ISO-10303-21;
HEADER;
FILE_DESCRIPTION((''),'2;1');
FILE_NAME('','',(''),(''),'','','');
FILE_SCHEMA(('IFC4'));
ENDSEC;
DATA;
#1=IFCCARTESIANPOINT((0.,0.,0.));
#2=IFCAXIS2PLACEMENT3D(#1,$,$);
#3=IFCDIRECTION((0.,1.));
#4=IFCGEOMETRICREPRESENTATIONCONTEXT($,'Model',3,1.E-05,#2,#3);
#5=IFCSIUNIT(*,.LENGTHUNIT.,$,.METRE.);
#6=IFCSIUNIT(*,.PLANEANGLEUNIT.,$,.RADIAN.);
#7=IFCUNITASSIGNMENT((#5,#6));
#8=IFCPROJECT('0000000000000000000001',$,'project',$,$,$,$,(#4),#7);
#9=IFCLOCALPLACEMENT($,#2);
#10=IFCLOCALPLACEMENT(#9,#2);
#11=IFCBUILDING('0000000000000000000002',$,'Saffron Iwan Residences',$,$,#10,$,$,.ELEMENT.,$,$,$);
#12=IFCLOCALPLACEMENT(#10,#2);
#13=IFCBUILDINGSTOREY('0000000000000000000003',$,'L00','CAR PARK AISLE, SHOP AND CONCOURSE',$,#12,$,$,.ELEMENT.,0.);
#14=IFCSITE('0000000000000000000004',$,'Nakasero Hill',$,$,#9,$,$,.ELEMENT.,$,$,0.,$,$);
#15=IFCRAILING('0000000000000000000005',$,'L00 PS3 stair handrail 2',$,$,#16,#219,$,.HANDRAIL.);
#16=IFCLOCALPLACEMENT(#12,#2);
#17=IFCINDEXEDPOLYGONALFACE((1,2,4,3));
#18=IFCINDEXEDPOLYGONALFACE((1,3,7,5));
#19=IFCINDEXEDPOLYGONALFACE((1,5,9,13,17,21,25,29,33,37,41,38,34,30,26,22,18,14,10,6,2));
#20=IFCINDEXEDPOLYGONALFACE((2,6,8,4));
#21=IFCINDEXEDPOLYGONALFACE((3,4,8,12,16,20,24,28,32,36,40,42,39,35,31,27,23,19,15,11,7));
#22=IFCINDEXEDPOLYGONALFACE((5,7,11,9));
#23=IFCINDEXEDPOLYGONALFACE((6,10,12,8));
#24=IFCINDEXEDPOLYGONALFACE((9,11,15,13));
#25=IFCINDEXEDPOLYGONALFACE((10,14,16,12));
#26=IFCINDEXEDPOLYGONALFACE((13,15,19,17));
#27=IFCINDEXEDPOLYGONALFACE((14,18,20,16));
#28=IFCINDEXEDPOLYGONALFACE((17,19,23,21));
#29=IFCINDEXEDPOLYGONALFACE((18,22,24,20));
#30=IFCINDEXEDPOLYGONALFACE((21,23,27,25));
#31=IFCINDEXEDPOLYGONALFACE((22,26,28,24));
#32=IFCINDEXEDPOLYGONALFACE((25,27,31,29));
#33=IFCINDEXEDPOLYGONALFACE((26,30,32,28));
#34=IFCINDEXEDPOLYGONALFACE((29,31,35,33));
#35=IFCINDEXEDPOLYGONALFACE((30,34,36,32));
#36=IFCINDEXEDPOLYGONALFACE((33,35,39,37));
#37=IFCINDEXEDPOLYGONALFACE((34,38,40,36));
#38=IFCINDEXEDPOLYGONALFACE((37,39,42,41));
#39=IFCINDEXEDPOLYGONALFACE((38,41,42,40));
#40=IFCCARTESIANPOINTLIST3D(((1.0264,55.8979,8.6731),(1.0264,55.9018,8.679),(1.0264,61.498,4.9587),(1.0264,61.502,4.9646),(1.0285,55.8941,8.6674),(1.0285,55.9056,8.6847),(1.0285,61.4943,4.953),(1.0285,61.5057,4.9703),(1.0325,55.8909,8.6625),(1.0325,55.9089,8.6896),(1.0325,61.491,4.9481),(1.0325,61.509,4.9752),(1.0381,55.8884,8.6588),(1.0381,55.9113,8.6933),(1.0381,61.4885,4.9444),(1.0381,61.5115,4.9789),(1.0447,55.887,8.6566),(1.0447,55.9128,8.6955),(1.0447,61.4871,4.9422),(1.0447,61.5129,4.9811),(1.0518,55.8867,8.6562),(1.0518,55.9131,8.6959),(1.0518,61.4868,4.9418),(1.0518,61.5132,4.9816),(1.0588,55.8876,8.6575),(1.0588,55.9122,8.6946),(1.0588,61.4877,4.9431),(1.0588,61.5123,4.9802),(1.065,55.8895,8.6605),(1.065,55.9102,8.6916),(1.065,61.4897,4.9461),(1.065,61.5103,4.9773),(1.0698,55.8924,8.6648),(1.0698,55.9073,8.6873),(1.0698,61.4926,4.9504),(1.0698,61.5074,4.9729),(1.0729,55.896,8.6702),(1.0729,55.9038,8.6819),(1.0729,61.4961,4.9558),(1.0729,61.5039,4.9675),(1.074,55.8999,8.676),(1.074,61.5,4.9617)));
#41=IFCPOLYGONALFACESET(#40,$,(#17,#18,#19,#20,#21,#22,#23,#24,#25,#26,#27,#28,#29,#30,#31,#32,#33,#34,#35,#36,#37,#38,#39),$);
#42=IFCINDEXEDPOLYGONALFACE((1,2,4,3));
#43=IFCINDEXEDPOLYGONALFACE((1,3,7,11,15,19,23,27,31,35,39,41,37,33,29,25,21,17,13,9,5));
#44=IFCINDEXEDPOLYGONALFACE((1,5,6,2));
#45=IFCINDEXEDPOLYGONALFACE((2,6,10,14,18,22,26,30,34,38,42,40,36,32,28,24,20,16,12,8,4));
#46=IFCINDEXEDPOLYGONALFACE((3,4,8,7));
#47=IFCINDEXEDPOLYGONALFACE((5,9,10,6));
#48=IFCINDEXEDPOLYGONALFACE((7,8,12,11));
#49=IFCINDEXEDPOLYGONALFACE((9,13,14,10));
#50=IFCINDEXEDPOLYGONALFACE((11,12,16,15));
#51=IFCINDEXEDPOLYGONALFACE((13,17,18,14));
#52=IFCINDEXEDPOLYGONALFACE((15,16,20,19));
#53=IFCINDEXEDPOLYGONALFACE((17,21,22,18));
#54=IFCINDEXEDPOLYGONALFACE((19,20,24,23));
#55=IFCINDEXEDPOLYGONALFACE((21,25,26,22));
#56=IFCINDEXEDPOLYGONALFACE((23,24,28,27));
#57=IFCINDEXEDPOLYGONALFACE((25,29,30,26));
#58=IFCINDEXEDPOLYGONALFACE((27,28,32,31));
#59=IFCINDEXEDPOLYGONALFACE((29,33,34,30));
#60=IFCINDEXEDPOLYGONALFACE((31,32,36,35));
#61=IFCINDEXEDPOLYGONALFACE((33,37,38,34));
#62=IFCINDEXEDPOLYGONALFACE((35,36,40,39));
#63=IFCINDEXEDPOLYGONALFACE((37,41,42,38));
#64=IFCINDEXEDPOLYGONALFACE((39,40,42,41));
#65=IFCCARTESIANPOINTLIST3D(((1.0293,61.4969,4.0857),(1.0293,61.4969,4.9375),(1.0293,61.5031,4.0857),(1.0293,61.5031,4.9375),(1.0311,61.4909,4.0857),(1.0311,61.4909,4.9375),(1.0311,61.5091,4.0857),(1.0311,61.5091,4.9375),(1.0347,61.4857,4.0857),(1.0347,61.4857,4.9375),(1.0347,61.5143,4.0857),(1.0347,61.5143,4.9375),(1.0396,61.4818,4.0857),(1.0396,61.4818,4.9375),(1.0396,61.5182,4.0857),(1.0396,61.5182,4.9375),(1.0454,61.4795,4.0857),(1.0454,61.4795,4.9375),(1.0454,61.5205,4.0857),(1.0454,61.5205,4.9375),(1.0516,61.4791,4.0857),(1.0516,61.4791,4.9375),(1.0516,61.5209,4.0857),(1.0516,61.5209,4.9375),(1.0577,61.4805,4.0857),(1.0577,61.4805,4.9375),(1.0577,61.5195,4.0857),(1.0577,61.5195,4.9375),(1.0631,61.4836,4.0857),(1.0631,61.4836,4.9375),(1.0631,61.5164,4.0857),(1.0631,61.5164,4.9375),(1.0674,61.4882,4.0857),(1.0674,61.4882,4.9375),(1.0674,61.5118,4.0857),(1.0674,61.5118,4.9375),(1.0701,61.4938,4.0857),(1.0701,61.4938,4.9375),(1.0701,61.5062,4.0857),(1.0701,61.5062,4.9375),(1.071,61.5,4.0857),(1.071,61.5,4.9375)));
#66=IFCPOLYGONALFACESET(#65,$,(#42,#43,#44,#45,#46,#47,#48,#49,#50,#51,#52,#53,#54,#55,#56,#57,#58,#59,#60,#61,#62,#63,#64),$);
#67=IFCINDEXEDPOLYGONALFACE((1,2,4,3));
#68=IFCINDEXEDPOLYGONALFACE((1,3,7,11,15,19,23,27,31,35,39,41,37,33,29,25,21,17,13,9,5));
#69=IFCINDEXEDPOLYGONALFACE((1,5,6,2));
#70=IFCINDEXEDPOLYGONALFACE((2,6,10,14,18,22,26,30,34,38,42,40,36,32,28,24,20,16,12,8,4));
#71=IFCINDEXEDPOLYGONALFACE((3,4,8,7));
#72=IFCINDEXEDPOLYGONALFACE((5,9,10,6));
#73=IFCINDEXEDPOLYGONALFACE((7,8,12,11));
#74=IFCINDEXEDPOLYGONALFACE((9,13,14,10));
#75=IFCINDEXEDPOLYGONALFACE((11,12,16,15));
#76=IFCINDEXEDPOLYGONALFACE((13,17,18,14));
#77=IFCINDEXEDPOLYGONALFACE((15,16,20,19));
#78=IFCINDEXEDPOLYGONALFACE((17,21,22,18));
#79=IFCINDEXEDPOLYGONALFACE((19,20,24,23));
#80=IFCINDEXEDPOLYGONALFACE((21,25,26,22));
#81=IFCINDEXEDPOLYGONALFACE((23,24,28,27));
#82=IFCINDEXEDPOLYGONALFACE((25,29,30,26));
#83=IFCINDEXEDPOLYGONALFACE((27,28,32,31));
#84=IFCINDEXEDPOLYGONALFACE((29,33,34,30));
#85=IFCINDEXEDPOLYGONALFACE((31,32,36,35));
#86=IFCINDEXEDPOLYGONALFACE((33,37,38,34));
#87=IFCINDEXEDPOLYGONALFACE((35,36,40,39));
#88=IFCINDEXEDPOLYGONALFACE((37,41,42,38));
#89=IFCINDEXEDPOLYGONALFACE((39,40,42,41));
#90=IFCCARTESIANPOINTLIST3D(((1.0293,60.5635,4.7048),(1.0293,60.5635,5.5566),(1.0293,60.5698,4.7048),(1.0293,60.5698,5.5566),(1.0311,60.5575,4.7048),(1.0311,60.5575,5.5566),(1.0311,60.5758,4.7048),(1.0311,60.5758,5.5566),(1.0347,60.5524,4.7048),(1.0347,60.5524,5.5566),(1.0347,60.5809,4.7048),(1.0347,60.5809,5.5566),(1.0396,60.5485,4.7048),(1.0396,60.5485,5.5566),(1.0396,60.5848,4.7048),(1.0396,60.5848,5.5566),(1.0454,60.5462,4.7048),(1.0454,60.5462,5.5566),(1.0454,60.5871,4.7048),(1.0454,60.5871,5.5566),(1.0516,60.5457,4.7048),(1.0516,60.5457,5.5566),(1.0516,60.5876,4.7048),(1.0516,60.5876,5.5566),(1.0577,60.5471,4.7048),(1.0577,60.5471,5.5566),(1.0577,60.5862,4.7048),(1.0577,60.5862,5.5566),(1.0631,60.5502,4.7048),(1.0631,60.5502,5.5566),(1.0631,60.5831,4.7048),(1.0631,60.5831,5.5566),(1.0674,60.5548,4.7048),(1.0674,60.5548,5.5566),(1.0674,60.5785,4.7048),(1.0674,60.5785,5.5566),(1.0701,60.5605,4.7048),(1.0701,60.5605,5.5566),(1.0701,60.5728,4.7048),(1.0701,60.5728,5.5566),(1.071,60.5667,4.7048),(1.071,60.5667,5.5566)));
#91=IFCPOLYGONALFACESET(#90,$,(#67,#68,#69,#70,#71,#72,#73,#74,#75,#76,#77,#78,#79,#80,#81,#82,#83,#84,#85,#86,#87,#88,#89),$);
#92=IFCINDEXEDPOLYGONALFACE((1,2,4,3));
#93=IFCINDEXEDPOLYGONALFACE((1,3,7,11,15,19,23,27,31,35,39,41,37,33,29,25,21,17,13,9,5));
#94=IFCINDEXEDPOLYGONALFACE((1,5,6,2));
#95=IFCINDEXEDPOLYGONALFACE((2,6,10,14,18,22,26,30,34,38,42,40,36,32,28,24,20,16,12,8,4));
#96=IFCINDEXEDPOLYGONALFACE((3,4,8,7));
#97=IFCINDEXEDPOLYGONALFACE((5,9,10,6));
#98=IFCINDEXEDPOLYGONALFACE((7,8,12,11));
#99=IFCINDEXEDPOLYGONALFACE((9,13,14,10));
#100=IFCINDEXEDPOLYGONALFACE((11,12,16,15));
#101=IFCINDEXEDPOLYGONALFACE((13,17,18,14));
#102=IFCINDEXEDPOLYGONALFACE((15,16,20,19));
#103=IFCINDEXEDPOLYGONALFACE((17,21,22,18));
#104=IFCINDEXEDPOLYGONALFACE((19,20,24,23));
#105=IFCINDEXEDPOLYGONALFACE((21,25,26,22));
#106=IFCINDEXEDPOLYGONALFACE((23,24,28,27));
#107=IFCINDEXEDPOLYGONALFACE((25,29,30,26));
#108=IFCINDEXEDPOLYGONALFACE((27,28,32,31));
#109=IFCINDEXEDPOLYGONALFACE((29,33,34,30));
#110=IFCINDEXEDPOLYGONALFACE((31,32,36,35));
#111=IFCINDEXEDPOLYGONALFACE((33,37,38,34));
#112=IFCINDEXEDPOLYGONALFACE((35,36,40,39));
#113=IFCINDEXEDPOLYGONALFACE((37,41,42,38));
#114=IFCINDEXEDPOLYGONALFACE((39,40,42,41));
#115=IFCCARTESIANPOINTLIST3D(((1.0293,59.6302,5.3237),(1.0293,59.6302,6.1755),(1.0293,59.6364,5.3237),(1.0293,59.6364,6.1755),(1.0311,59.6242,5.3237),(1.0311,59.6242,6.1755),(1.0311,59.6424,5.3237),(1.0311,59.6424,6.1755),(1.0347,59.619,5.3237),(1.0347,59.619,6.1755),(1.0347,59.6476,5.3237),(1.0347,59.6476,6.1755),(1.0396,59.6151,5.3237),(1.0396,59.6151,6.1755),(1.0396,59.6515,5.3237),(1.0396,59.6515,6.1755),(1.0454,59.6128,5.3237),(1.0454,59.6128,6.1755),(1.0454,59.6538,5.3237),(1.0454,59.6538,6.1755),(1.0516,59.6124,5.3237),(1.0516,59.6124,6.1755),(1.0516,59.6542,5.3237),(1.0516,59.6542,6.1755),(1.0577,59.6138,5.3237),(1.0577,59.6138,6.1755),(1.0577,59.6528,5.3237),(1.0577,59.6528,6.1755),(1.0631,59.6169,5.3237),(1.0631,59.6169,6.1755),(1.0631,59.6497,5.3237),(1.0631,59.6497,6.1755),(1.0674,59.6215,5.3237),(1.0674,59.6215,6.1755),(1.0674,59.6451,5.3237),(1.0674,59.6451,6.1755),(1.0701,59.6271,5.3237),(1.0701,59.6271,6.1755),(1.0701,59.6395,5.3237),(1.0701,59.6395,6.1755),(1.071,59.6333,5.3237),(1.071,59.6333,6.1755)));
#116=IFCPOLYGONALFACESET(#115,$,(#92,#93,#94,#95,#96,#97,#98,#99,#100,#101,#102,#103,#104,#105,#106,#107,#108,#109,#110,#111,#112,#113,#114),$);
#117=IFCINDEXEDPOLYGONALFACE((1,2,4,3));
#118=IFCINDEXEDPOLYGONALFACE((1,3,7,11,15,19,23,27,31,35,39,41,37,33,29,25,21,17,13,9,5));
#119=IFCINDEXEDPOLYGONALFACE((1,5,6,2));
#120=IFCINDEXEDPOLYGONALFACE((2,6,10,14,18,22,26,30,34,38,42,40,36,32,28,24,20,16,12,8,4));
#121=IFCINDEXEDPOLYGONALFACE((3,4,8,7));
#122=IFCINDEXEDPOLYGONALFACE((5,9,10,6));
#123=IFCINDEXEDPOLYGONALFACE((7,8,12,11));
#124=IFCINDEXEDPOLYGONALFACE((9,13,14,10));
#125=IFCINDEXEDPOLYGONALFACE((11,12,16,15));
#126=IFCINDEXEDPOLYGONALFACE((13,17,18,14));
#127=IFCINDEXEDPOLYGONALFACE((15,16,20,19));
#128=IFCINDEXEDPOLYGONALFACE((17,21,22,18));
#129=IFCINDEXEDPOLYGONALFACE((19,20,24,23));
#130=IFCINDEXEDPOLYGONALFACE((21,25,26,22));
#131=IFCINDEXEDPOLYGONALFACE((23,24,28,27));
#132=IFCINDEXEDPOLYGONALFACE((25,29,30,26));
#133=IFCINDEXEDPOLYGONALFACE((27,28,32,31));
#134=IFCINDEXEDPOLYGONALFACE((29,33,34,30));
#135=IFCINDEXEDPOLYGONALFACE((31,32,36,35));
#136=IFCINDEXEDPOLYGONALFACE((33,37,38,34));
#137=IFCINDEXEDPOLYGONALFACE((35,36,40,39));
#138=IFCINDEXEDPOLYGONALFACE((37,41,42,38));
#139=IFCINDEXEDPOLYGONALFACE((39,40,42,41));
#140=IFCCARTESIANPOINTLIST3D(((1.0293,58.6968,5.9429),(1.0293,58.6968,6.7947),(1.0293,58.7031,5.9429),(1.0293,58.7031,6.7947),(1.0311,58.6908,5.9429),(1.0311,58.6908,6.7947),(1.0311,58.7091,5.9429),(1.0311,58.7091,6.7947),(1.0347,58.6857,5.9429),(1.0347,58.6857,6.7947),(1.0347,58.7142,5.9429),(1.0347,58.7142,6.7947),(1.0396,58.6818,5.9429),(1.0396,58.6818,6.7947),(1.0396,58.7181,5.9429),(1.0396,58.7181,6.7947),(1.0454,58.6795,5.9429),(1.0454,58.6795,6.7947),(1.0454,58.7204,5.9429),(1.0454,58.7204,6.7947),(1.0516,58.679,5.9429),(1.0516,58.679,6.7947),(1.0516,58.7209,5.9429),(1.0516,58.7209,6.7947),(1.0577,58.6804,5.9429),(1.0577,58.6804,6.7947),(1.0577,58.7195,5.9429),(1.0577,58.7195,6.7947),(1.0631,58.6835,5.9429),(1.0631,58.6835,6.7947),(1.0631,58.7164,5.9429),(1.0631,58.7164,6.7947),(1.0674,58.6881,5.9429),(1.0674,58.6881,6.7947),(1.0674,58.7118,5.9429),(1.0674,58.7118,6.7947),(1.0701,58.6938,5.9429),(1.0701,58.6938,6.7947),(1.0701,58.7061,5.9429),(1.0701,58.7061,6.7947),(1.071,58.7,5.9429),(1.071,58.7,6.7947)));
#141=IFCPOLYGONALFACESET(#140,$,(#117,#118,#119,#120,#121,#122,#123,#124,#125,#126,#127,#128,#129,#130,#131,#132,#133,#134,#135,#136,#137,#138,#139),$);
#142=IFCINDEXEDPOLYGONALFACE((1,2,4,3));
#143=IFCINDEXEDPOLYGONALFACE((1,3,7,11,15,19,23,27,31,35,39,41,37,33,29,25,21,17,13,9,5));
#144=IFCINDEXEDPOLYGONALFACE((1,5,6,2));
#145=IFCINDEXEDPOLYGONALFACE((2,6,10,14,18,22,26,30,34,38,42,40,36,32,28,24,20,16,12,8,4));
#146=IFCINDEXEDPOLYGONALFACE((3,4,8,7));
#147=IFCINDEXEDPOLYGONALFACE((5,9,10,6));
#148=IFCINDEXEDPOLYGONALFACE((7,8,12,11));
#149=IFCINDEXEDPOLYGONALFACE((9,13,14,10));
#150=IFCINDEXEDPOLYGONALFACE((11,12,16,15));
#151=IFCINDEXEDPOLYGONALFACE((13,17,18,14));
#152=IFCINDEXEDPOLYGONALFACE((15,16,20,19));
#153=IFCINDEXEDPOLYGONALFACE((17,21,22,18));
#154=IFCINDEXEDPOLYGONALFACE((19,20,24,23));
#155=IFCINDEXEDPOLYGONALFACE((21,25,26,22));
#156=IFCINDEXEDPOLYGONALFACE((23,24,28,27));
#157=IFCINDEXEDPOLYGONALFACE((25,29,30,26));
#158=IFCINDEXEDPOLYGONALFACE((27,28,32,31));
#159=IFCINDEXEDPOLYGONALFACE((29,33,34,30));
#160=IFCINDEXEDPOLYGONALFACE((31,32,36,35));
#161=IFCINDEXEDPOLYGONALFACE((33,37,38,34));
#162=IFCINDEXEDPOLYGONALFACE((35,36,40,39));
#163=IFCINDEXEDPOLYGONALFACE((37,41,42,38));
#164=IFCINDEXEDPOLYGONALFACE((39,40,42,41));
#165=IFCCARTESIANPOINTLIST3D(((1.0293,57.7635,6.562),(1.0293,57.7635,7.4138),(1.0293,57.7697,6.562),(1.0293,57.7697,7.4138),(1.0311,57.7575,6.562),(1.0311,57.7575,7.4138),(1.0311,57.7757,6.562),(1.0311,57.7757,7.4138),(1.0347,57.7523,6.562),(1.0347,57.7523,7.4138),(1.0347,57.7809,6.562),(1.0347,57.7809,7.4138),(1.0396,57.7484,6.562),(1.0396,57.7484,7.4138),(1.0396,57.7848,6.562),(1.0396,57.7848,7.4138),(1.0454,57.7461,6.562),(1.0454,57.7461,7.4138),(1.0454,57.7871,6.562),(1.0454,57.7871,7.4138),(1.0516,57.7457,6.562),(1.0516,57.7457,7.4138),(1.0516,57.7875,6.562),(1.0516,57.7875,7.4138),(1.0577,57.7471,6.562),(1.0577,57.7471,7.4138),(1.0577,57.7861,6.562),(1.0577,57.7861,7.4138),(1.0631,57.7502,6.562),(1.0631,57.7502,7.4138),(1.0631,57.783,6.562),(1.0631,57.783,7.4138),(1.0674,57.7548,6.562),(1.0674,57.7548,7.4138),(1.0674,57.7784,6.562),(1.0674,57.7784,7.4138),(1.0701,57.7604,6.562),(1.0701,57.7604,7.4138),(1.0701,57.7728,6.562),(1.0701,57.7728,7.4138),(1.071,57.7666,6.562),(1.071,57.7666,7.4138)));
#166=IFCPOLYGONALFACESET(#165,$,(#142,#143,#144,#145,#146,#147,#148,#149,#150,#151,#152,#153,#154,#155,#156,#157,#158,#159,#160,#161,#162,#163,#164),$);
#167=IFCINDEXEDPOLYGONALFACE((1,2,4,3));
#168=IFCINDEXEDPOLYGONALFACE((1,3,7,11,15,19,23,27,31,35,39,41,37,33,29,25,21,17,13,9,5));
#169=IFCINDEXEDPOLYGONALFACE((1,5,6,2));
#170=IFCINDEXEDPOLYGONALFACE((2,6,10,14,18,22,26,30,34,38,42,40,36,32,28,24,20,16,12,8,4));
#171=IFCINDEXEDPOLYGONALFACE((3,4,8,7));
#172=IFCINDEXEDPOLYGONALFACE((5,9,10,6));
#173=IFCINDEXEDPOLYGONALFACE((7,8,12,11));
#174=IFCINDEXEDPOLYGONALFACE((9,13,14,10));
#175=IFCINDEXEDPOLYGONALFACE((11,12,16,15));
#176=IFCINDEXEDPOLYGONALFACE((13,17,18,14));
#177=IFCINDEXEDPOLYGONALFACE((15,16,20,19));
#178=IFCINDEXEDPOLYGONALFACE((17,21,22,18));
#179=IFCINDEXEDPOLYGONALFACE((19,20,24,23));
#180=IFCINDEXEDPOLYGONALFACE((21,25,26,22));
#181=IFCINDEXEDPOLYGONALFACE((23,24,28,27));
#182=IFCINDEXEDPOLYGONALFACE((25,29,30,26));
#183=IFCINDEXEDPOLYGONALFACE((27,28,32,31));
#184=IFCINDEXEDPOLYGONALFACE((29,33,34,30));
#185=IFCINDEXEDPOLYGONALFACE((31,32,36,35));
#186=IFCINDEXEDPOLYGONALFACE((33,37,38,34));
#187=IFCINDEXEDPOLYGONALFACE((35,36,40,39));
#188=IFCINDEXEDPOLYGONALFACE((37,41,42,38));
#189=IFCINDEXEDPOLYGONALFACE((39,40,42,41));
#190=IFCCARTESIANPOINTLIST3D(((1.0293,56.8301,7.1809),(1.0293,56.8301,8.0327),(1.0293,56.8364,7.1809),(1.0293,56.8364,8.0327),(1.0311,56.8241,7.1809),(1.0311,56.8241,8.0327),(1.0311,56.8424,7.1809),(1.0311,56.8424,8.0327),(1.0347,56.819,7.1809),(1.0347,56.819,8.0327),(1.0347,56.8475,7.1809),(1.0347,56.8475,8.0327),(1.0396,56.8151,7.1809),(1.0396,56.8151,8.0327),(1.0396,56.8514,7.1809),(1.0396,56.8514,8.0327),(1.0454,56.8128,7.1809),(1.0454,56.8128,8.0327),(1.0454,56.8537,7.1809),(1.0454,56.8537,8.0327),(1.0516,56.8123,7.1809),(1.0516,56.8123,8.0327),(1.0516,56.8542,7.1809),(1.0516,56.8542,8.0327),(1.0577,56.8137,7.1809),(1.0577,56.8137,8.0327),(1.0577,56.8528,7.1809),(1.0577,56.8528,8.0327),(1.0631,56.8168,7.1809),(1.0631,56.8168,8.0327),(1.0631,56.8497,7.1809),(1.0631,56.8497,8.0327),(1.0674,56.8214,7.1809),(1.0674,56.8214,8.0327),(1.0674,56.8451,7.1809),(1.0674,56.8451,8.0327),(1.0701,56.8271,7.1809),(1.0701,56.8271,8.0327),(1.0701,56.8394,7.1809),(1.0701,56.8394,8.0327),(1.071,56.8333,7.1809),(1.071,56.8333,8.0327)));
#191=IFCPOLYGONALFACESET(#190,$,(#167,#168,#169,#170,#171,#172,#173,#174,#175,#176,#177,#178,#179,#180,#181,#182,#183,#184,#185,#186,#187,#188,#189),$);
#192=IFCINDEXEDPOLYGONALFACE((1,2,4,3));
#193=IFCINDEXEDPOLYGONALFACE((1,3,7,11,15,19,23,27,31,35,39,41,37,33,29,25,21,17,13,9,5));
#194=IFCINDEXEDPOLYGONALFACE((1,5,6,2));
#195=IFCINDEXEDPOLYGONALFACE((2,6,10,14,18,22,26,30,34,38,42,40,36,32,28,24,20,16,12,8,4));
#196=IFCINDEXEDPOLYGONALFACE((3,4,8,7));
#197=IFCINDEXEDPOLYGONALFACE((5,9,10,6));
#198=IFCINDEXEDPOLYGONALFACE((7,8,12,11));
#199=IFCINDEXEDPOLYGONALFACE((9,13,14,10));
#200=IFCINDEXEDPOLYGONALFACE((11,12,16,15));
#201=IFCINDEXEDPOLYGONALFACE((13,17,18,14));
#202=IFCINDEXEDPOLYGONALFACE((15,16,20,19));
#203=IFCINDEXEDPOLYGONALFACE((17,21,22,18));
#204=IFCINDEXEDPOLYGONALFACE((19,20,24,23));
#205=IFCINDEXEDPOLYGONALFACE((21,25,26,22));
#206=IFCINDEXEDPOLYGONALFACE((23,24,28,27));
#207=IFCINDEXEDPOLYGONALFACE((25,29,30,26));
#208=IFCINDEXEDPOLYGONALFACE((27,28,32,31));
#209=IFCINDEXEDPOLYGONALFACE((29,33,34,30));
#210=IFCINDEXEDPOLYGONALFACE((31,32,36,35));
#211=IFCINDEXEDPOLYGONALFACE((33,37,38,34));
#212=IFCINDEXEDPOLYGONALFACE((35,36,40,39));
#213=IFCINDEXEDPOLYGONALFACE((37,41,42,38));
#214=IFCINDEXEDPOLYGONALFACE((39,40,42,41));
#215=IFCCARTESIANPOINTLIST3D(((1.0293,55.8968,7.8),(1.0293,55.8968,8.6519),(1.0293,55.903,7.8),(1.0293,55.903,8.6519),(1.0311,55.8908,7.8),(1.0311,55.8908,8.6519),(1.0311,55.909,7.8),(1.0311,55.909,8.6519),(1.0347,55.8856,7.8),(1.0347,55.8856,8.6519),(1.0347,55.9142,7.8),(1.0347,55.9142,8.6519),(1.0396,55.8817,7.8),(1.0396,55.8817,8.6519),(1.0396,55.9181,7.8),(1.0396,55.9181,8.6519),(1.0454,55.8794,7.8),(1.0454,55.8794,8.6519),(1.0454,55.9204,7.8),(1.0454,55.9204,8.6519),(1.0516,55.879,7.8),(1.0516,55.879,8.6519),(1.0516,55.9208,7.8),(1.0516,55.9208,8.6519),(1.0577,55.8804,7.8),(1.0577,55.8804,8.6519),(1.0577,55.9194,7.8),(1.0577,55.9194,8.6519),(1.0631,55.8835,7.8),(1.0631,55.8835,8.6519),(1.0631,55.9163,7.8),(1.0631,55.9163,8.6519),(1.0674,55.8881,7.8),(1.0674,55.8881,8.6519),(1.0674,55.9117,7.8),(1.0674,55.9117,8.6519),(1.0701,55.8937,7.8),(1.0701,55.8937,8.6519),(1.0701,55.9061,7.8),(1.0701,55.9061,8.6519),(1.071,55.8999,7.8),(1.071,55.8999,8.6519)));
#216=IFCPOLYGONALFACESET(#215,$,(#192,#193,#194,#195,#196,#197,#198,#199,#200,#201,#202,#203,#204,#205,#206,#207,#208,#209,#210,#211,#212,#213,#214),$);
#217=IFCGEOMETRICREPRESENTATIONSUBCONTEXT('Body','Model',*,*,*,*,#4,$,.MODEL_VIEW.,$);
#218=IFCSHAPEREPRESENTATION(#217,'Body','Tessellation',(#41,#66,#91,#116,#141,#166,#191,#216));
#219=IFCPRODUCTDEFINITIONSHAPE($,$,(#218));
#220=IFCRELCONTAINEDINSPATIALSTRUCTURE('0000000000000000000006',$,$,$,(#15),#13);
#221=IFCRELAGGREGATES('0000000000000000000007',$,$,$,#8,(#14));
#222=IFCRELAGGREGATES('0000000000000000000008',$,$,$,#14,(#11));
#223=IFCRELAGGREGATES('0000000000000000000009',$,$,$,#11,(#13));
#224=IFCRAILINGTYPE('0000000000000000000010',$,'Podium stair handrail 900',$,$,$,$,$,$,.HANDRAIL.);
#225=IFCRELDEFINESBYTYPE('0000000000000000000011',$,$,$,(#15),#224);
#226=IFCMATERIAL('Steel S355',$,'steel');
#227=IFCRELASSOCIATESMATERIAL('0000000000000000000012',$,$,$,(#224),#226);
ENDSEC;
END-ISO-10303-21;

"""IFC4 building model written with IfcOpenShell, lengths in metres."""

from ifc_helpers import new_model, si_unit, direction, frame, origin, origin_2d, place, context, subcontext, project, spatial, circle, extrude, material, type_object, element, save


model = new_model("IFC4")

# Units and contexts
model_context = context("Model", 3, precision=1e-05, world=origin(), true_north=direction((0.0, 1.0)))
body_context = subcontext(model_context, "Body", "Model", "MODEL_VIEW")
ifc_project = project(units=[si_unit("LENGTHUNIT", "METRE"), si_unit("PLANEANGLEUNIT", "RADIAN")], contexts=[model_context])

# Site, building, storey
site_placement = place(None, origin())
site = spatial("IfcSite", under=ifc_project, at=site_placement, Name="Nakasero Hill", CompositionType="ELEMENT", RefElevation=0.0)
building_placement = place(site_placement, origin())
building = spatial("IfcBuilding", under=site, at=building_placement, Name="Saffron Iwan Residences", CompositionType="ELEMENT")
storey_placement = place(building_placement, origin())
storey = spatial("IfcBuildingStorey", under=building, at=storey_placement, Name="L00", Description="CAR PARK AISLE, SHOP AND CONCOURSE", CompositionType="ELEMENT", Elevation=0.0)

# Railing
ifc_material_1 = material(Name="Steel S355", Category="steel")
railing_type_1 = type_object("IfcRailingType", Name="Podium stair handrail 900", PredefinedType="HANDRAIL", material=ifc_material_1)
railing_1_placement = place(storey_placement, frame((1.05, 61.5, 4.0857)))
element("IfcRailing", 1, at=railing_1_placement, inside=storey, type_object=railing_type_1, Name="L00 PS3 stair handrail 2", PredefinedType="HANDRAIL", context=body_context, shape_type="SweptSolid", body=[
    extrude(circle(Radius=0.0239, at=origin_2d()), frame((0.0, 0.0, 0.876), z_axis=(0.0, -0.833356, 0.552737), x_axis=(1.0, 0.0, 0.0)), (0.0, 0.0, 1.0), 6.72),
    extrude(circle(Radius=0.021, at=origin_2d()), origin(), (0.0, 0.0, 1.0), 0.8518),
    extrude(circle(Radius=0.021, at=origin_2d()), frame((0.0, -0.9333, 0.6191)), (0.0, 0.0, 1.0), 0.8518),
    extrude(circle(Radius=0.021, at=origin_2d()), frame((0.0, -1.8667, 1.238)), (0.0, 0.0, 1.0), 0.8518),
    extrude(circle(Radius=0.021, at=origin_2d()), frame((0.0, -2.8, 1.8572)), (0.0, 0.0, 1.0), 0.8518),
    extrude(circle(Radius=0.021, at=origin_2d()), frame((0.0, -3.7334, 2.4763)), (0.0, 0.0, 1.0), 0.8518),
    extrude(circle(Radius=0.021, at=origin_2d()), frame((0.0, -4.6667, 3.0952)), (0.0, 0.0, 1.0), 0.8518),
    extrude(circle(Radius=0.021, at=origin_2d()), frame((0.0, -5.6001, 3.7144)), (0.0, 0.0, 1.0), 0.8518),
])

save(model, "model.ifc")
